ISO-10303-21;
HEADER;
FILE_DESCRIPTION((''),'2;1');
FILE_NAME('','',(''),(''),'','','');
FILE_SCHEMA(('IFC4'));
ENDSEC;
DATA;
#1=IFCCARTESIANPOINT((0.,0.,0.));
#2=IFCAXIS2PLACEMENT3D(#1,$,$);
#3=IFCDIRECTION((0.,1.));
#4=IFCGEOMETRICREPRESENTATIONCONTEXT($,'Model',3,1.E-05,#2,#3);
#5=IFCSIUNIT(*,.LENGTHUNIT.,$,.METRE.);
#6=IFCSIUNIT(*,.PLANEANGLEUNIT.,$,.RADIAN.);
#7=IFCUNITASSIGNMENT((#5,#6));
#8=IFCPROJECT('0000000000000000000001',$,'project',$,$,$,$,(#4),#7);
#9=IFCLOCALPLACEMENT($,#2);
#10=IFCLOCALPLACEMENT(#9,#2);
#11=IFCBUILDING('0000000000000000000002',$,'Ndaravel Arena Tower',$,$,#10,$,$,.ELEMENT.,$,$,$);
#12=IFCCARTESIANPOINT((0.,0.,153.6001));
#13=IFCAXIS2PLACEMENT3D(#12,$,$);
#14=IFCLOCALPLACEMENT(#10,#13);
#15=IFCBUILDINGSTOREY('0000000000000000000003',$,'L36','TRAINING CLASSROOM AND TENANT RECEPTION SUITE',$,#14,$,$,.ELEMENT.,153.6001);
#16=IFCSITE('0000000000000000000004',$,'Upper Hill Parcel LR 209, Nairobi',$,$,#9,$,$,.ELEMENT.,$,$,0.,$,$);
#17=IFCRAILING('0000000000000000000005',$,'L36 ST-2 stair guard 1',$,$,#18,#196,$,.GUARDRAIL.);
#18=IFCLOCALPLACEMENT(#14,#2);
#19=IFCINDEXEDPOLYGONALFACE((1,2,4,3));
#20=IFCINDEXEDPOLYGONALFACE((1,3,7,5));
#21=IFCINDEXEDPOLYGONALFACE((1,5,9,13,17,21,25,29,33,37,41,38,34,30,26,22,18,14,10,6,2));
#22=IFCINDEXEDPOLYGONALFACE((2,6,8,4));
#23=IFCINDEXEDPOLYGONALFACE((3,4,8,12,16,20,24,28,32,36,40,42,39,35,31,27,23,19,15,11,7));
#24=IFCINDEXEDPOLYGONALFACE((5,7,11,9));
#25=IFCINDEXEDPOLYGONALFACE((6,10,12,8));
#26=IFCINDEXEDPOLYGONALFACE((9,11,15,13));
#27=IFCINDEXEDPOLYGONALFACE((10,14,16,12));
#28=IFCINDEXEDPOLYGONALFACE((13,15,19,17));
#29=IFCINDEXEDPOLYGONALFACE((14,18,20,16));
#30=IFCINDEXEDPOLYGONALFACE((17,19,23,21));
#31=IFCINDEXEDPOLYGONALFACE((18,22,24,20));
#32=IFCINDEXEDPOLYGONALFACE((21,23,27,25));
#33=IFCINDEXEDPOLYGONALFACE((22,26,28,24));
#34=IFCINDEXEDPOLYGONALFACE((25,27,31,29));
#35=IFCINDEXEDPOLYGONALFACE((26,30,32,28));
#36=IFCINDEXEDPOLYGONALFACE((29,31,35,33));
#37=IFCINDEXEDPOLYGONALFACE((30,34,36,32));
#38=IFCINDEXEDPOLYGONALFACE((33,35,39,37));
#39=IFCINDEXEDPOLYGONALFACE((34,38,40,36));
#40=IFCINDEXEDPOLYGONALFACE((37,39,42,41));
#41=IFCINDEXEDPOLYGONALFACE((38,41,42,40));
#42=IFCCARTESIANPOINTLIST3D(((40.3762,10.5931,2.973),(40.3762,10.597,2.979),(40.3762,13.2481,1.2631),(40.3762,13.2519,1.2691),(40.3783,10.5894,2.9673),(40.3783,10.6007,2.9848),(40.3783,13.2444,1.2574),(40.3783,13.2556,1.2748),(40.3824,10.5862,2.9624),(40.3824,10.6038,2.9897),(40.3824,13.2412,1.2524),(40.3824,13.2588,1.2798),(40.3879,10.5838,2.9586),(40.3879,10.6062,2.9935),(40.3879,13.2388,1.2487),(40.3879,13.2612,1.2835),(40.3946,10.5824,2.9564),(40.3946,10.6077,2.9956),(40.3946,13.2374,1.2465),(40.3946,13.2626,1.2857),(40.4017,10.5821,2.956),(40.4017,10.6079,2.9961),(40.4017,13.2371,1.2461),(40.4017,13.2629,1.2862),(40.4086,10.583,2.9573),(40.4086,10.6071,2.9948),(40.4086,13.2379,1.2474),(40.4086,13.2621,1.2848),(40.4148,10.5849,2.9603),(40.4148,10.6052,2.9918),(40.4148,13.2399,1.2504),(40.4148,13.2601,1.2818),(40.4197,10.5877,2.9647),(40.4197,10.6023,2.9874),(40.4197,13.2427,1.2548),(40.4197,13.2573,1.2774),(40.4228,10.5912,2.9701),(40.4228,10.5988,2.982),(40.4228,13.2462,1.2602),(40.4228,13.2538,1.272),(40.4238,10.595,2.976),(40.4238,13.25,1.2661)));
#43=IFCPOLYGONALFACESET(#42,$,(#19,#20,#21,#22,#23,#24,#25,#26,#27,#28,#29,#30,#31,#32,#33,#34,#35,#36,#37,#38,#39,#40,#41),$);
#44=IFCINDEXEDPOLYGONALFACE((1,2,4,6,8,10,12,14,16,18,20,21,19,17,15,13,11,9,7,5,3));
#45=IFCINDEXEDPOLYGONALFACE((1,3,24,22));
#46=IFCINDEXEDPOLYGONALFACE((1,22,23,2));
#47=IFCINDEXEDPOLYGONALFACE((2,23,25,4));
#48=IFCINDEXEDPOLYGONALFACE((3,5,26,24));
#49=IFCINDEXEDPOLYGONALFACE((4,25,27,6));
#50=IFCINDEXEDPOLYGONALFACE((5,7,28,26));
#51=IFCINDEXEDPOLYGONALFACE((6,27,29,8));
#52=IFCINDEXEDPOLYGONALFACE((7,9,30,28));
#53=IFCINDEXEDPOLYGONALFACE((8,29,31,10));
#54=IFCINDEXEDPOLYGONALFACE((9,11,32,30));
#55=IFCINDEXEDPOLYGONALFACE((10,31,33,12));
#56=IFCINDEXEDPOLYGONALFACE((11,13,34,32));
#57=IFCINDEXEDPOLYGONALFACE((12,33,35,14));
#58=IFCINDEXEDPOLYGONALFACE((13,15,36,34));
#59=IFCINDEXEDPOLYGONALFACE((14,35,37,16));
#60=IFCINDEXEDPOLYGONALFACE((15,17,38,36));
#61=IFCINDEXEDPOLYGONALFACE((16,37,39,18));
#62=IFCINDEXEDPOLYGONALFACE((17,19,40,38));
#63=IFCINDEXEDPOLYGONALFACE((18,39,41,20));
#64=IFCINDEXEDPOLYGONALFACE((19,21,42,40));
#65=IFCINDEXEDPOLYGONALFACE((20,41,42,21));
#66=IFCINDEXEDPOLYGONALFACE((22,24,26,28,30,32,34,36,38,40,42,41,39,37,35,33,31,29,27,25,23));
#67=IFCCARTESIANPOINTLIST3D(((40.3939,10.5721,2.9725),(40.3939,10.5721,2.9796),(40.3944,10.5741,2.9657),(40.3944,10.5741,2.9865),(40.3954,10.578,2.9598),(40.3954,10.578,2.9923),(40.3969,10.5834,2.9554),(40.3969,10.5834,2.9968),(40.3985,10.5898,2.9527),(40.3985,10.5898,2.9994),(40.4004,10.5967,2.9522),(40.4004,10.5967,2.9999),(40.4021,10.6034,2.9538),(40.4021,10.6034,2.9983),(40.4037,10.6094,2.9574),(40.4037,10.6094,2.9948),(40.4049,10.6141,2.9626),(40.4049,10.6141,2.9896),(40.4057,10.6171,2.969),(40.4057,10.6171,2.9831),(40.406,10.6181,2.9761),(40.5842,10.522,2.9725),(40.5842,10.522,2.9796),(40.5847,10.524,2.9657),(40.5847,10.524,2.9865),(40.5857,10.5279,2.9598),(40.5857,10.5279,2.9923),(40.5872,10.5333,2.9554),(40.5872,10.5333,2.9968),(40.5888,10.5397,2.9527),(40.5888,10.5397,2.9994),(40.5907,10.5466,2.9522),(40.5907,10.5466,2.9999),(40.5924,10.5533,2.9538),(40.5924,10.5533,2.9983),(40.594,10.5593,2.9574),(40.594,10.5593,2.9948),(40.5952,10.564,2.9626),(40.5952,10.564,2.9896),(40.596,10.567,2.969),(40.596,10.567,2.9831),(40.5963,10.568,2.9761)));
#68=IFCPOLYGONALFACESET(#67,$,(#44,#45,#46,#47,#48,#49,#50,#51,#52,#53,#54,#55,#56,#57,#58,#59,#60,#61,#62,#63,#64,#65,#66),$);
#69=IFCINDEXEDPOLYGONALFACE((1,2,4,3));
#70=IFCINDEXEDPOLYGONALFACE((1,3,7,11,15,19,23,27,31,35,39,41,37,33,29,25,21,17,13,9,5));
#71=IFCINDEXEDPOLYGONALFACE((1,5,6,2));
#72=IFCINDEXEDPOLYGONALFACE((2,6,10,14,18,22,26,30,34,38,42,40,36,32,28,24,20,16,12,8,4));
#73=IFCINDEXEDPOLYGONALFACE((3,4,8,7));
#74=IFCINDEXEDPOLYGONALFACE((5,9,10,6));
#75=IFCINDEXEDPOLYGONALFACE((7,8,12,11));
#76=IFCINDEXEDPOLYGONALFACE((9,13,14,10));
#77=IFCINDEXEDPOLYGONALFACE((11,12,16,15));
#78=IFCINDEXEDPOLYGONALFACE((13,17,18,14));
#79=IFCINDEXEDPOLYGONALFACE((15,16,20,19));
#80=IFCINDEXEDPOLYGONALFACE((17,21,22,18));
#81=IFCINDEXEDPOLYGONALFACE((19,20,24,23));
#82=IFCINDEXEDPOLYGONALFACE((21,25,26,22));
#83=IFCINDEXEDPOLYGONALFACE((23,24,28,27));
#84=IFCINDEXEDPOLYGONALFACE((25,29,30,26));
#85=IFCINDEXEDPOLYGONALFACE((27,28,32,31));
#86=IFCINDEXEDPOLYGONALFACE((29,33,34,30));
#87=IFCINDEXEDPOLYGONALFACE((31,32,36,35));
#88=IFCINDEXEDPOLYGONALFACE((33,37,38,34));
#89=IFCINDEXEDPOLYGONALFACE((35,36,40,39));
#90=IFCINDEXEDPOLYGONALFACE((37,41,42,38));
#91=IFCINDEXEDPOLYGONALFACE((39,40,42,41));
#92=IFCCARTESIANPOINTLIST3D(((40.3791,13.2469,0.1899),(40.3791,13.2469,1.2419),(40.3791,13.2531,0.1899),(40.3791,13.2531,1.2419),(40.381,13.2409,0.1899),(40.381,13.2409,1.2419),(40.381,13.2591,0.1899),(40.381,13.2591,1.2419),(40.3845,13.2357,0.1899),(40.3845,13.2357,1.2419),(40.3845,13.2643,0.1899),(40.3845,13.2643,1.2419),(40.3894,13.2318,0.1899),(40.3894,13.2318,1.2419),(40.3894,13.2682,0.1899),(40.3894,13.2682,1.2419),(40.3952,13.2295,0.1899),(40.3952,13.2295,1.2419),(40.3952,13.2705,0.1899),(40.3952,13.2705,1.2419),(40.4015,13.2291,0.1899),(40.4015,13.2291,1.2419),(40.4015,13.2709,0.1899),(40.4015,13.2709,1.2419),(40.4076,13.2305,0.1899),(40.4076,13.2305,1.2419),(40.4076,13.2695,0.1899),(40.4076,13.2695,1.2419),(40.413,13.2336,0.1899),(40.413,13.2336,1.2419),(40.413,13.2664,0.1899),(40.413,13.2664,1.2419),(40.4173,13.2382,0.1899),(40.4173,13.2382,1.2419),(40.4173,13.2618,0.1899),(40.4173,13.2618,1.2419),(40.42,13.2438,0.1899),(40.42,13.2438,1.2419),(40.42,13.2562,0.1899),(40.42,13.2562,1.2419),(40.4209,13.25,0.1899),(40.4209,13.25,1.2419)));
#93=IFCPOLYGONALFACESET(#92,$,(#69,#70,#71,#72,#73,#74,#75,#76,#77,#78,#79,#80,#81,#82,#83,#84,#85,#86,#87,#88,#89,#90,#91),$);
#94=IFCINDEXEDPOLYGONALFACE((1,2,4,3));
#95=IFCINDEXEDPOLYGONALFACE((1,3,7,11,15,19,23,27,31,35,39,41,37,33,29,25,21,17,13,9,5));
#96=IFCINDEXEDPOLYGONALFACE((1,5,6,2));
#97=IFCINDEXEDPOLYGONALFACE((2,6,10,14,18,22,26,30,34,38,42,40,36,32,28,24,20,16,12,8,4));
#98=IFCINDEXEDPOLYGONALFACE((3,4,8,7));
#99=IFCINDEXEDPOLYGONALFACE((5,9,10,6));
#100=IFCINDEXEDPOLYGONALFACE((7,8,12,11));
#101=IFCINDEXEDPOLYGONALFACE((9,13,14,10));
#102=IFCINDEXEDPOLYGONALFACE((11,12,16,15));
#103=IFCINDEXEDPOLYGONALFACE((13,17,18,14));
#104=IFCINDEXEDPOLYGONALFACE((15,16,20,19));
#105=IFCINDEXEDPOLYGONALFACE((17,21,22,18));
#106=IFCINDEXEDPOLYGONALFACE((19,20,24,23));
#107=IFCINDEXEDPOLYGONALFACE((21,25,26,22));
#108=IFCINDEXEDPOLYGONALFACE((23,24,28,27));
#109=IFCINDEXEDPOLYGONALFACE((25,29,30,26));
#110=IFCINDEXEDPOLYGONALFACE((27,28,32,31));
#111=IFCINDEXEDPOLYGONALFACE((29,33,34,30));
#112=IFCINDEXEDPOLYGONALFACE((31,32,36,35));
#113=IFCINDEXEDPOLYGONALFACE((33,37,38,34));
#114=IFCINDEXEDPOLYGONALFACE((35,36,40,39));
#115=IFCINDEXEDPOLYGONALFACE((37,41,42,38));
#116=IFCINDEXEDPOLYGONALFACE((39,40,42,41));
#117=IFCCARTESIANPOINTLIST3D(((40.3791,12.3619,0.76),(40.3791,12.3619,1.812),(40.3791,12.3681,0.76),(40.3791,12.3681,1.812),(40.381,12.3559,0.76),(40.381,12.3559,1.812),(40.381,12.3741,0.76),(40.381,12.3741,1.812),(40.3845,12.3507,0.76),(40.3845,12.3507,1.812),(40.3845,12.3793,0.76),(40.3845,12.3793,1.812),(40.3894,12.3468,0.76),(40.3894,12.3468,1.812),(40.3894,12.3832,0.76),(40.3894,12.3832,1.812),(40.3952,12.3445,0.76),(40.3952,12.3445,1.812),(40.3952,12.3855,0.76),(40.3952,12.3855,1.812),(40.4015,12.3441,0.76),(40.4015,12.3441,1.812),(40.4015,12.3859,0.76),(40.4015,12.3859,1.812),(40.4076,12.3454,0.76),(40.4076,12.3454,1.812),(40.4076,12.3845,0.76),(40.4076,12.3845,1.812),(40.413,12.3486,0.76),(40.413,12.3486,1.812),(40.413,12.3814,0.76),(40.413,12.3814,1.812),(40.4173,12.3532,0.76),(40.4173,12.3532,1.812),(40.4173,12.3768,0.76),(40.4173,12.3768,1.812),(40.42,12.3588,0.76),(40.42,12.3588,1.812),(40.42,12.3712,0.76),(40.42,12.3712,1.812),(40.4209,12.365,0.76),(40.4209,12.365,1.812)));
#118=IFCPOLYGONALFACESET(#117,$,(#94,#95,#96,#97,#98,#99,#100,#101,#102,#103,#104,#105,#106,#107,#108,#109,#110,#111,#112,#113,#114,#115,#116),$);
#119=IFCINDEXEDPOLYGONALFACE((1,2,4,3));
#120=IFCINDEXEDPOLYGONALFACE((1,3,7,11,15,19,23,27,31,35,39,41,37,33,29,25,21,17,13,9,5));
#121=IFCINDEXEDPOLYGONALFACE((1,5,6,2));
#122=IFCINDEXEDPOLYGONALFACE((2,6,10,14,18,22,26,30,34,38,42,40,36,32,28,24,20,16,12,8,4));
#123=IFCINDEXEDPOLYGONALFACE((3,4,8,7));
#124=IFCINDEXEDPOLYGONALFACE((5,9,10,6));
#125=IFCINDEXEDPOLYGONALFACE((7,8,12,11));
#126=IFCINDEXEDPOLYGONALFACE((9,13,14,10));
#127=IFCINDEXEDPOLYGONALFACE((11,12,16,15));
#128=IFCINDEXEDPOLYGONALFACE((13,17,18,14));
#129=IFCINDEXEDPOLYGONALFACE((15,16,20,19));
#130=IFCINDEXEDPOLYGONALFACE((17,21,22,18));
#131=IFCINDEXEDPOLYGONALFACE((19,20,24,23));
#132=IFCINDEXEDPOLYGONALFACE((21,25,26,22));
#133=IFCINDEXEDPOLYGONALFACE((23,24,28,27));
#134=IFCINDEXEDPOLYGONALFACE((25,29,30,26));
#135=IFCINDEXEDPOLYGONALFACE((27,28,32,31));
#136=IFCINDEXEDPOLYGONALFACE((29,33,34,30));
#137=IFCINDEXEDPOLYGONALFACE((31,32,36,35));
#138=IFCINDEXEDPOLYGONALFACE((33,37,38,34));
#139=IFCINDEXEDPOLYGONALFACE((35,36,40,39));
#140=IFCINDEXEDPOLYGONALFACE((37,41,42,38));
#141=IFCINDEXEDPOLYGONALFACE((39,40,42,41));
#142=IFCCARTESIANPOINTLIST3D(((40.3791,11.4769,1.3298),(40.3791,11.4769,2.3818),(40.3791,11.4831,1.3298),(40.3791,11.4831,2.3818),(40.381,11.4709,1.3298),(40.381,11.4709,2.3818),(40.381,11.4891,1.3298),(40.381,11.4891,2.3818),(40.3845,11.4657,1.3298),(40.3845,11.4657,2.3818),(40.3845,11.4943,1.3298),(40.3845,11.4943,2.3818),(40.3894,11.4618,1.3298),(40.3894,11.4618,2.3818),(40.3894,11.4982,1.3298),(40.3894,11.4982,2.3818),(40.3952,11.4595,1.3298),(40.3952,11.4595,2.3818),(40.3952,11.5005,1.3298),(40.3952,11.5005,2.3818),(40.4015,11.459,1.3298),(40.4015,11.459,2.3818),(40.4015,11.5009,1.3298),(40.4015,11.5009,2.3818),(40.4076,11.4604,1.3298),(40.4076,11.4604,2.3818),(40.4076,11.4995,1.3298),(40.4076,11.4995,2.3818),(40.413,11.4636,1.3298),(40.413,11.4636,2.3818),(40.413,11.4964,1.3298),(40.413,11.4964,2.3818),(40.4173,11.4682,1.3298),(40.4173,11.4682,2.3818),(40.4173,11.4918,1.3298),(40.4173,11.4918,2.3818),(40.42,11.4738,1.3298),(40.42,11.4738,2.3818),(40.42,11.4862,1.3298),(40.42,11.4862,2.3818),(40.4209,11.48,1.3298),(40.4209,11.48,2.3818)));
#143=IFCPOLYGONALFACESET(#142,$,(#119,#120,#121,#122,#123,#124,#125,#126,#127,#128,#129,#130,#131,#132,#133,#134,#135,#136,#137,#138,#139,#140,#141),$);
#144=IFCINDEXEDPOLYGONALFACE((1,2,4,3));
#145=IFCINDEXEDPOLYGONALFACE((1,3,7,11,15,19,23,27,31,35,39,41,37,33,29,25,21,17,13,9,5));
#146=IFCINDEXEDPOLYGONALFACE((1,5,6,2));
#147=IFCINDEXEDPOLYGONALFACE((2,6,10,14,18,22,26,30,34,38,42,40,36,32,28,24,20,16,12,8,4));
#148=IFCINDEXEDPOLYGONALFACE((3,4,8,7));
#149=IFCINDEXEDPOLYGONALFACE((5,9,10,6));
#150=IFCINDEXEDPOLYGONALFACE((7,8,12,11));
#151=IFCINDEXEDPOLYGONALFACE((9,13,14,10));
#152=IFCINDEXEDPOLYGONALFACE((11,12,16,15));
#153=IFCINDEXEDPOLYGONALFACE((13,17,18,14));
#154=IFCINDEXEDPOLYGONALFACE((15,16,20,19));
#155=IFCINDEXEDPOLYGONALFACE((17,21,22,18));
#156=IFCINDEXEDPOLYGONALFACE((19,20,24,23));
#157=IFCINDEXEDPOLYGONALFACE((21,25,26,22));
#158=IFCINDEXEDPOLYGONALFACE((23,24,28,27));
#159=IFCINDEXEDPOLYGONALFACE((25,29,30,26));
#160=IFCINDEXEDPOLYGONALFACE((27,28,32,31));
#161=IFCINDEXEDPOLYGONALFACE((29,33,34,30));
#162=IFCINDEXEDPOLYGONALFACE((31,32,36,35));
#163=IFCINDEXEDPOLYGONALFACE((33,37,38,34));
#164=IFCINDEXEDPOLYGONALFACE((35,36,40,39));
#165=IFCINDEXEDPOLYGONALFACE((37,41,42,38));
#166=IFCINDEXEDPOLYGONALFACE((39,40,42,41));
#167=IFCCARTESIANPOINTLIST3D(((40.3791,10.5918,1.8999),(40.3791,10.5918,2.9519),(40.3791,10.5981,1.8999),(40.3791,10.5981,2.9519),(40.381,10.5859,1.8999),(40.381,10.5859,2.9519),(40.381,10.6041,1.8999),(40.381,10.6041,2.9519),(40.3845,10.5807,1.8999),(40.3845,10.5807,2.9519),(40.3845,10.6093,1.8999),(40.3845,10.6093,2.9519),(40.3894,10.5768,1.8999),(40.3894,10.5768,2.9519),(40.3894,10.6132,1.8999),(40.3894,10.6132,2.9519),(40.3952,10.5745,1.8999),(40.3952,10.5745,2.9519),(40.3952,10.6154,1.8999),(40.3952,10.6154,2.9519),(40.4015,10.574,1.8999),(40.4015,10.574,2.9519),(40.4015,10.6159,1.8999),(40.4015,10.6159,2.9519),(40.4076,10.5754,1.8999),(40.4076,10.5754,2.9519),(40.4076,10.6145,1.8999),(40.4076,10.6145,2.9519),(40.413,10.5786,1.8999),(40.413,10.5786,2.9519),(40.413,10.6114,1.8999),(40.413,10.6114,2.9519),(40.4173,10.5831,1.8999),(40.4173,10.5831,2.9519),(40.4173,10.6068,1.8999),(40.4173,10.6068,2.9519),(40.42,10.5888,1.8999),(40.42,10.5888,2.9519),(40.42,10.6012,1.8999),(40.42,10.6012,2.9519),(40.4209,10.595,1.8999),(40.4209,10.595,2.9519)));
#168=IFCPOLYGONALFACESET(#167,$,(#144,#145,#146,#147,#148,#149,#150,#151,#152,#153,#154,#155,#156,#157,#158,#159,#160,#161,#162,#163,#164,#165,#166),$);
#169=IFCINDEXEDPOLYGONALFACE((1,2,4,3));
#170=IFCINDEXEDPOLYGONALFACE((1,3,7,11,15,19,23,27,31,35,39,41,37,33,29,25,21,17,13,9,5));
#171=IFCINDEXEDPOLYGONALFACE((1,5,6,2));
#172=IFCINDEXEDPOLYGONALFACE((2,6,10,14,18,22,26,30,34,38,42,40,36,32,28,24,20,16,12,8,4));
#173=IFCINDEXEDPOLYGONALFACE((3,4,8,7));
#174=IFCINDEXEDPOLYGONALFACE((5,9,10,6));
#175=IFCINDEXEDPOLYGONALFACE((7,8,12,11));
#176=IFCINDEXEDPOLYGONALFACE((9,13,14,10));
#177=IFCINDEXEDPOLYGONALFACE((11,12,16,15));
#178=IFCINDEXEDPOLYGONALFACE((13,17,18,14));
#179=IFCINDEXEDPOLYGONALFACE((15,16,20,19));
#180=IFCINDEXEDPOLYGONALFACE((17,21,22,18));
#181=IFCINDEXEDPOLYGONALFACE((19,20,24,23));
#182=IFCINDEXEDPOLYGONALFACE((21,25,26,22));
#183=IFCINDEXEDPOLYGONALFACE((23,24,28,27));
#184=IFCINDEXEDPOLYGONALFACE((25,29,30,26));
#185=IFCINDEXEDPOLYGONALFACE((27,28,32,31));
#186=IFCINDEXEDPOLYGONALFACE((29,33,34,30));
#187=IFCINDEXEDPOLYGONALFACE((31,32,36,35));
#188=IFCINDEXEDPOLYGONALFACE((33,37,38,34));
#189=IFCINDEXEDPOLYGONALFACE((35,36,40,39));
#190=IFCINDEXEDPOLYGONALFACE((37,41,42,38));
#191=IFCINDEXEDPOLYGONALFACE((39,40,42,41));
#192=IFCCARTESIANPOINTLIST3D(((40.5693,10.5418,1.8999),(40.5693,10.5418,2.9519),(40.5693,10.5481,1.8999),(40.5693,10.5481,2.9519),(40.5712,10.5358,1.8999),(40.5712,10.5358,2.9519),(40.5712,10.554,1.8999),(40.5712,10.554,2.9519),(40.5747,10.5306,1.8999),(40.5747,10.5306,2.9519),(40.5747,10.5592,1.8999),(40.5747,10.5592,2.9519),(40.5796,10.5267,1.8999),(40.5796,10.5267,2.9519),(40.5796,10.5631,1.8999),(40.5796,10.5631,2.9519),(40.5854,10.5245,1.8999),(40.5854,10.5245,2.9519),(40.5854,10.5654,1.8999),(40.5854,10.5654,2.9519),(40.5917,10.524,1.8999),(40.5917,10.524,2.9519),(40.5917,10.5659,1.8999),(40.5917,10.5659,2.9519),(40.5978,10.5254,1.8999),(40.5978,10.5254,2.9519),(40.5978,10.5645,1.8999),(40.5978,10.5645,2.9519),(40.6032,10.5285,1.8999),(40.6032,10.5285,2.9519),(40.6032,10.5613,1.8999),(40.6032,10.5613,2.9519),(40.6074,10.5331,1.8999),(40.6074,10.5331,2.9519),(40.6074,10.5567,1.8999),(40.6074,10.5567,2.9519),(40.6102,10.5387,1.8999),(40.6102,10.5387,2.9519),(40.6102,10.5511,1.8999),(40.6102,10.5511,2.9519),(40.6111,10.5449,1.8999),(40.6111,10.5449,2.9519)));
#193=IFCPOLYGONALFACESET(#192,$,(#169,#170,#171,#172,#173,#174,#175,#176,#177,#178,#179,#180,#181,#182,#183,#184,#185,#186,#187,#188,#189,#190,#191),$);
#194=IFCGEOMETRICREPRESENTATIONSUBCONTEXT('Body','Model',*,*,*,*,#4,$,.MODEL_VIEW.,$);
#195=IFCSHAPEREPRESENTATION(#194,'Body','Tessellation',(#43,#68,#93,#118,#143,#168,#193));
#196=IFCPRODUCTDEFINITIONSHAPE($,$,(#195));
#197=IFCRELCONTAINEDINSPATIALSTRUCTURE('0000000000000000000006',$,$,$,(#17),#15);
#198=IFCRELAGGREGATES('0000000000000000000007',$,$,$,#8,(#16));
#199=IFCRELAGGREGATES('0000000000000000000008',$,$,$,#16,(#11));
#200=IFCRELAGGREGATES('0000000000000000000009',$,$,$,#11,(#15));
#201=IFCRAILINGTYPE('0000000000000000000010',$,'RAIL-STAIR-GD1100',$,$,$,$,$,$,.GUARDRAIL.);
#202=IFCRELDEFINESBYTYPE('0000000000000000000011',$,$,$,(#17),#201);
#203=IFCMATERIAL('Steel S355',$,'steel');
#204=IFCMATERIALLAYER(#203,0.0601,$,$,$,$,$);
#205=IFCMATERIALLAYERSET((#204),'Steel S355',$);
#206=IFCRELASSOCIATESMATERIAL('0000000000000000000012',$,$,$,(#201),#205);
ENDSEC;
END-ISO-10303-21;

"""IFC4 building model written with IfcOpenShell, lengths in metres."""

from ifc_helpers import new_model, si_unit, direction, frame, origin, origin_2d, place, context, subcontext, project, spatial, circle, extrude, material, layer, layer_set, type_object, element, save


model = new_model("IFC4")

# Units and contexts
model_context = context("Model", 3, precision=1e-05, world=origin(), true_north=direction((0.0, 1.0)))
body_context = subcontext(model_context, "Body", "Model", "MODEL_VIEW")
ifc_project = project(units=[si_unit("LENGTHUNIT", "METRE"), si_unit("PLANEANGLEUNIT", "RADIAN")], contexts=[model_context])

# Site, building, storey
site_placement = place(None, origin())
site = spatial("IfcSite", under=ifc_project, at=site_placement, Name="Upper Hill Parcel LR 209, Nairobi", CompositionType="ELEMENT", RefElevation=0.0)
building_placement = place(site_placement, origin())
building = spatial("IfcBuilding", under=site, at=building_placement, Name="Ndaravel Arena Tower", CompositionType="ELEMENT")
storey_placement = place(building_placement, frame((0.0, 0.0, 153.6001)))
storey = spatial("IfcBuildingStorey", under=building, at=storey_placement, Name="L36", Description="TRAINING CLASSROOM AND TENANT RECEPTION SUITE", CompositionType="ELEMENT", Elevation=153.6001)

# Railing
ifc_material_1 = material(Name="Steel S355", Category="steel")
ifc_layer_1 = layer(ifc_material_1, 0.0601)
ifc_layer_set_1 = layer_set([ifc_layer_1], Name="Steel S355")
railing_type_1 = type_object("IfcRailingType", Name="RAIL-STAIR-GD1100", PredefinedType="GUARDRAIL", material=ifc_layer_set_1)
railing_1_placement = place(storey_placement, frame((40.3999, 13.25, 0.1899)))
element("IfcRailing", 1, at=railing_1_placement, inside=storey, type_object=railing_type_1, Name="L36 ST-2 stair guard 1", PredefinedType="GUARDRAIL", context=body_context, shape_type="SweptSolid", body=[
    extrude(circle(Radius=0.0239, at=origin_2d()), frame((0.0, 0.0, 1.0762), z_axis=(0.0, -0.840724, 0.541465), x_axis=(1.0, 0.0, 0.0)), (0.0, 0.0, 1.0), 3.158),
    extrude(circle(Radius=0.0239, at=origin_2d()), frame((0.0, -2.655, 2.7861), z_axis=(0.967075, -0.254493, 0.0), x_axis=(0.254493, 0.967075, 0.0)), (0.0, 0.0, 1.0), 0.1968),
    extrude(circle(Radius=0.021, at=origin_2d()), origin(), (0.0, 0.0, 1.0), 1.052),
    extrude(circle(Radius=0.021, at=origin_2d()), frame((0.0, -0.885, 0.5701)), (0.0, 0.0, 1.0), 1.052),
    extrude(circle(Radius=0.021, at=origin_2d()), frame((0.0, -1.77, 1.1399)), (0.0, 0.0, 1.0), 1.052),
    extrude(circle(Radius=0.021, at=origin_2d()), frame((0.0, -2.655, 1.71)), (0.0, 0.0, 1.0), 1.052),
    extrude(circle(Radius=0.021, at=origin_2d()), frame((0.1902, -2.7051, 1.71)), (0.0, 0.0, 1.0), 1.052),
])

save(model, "model.ifc")
